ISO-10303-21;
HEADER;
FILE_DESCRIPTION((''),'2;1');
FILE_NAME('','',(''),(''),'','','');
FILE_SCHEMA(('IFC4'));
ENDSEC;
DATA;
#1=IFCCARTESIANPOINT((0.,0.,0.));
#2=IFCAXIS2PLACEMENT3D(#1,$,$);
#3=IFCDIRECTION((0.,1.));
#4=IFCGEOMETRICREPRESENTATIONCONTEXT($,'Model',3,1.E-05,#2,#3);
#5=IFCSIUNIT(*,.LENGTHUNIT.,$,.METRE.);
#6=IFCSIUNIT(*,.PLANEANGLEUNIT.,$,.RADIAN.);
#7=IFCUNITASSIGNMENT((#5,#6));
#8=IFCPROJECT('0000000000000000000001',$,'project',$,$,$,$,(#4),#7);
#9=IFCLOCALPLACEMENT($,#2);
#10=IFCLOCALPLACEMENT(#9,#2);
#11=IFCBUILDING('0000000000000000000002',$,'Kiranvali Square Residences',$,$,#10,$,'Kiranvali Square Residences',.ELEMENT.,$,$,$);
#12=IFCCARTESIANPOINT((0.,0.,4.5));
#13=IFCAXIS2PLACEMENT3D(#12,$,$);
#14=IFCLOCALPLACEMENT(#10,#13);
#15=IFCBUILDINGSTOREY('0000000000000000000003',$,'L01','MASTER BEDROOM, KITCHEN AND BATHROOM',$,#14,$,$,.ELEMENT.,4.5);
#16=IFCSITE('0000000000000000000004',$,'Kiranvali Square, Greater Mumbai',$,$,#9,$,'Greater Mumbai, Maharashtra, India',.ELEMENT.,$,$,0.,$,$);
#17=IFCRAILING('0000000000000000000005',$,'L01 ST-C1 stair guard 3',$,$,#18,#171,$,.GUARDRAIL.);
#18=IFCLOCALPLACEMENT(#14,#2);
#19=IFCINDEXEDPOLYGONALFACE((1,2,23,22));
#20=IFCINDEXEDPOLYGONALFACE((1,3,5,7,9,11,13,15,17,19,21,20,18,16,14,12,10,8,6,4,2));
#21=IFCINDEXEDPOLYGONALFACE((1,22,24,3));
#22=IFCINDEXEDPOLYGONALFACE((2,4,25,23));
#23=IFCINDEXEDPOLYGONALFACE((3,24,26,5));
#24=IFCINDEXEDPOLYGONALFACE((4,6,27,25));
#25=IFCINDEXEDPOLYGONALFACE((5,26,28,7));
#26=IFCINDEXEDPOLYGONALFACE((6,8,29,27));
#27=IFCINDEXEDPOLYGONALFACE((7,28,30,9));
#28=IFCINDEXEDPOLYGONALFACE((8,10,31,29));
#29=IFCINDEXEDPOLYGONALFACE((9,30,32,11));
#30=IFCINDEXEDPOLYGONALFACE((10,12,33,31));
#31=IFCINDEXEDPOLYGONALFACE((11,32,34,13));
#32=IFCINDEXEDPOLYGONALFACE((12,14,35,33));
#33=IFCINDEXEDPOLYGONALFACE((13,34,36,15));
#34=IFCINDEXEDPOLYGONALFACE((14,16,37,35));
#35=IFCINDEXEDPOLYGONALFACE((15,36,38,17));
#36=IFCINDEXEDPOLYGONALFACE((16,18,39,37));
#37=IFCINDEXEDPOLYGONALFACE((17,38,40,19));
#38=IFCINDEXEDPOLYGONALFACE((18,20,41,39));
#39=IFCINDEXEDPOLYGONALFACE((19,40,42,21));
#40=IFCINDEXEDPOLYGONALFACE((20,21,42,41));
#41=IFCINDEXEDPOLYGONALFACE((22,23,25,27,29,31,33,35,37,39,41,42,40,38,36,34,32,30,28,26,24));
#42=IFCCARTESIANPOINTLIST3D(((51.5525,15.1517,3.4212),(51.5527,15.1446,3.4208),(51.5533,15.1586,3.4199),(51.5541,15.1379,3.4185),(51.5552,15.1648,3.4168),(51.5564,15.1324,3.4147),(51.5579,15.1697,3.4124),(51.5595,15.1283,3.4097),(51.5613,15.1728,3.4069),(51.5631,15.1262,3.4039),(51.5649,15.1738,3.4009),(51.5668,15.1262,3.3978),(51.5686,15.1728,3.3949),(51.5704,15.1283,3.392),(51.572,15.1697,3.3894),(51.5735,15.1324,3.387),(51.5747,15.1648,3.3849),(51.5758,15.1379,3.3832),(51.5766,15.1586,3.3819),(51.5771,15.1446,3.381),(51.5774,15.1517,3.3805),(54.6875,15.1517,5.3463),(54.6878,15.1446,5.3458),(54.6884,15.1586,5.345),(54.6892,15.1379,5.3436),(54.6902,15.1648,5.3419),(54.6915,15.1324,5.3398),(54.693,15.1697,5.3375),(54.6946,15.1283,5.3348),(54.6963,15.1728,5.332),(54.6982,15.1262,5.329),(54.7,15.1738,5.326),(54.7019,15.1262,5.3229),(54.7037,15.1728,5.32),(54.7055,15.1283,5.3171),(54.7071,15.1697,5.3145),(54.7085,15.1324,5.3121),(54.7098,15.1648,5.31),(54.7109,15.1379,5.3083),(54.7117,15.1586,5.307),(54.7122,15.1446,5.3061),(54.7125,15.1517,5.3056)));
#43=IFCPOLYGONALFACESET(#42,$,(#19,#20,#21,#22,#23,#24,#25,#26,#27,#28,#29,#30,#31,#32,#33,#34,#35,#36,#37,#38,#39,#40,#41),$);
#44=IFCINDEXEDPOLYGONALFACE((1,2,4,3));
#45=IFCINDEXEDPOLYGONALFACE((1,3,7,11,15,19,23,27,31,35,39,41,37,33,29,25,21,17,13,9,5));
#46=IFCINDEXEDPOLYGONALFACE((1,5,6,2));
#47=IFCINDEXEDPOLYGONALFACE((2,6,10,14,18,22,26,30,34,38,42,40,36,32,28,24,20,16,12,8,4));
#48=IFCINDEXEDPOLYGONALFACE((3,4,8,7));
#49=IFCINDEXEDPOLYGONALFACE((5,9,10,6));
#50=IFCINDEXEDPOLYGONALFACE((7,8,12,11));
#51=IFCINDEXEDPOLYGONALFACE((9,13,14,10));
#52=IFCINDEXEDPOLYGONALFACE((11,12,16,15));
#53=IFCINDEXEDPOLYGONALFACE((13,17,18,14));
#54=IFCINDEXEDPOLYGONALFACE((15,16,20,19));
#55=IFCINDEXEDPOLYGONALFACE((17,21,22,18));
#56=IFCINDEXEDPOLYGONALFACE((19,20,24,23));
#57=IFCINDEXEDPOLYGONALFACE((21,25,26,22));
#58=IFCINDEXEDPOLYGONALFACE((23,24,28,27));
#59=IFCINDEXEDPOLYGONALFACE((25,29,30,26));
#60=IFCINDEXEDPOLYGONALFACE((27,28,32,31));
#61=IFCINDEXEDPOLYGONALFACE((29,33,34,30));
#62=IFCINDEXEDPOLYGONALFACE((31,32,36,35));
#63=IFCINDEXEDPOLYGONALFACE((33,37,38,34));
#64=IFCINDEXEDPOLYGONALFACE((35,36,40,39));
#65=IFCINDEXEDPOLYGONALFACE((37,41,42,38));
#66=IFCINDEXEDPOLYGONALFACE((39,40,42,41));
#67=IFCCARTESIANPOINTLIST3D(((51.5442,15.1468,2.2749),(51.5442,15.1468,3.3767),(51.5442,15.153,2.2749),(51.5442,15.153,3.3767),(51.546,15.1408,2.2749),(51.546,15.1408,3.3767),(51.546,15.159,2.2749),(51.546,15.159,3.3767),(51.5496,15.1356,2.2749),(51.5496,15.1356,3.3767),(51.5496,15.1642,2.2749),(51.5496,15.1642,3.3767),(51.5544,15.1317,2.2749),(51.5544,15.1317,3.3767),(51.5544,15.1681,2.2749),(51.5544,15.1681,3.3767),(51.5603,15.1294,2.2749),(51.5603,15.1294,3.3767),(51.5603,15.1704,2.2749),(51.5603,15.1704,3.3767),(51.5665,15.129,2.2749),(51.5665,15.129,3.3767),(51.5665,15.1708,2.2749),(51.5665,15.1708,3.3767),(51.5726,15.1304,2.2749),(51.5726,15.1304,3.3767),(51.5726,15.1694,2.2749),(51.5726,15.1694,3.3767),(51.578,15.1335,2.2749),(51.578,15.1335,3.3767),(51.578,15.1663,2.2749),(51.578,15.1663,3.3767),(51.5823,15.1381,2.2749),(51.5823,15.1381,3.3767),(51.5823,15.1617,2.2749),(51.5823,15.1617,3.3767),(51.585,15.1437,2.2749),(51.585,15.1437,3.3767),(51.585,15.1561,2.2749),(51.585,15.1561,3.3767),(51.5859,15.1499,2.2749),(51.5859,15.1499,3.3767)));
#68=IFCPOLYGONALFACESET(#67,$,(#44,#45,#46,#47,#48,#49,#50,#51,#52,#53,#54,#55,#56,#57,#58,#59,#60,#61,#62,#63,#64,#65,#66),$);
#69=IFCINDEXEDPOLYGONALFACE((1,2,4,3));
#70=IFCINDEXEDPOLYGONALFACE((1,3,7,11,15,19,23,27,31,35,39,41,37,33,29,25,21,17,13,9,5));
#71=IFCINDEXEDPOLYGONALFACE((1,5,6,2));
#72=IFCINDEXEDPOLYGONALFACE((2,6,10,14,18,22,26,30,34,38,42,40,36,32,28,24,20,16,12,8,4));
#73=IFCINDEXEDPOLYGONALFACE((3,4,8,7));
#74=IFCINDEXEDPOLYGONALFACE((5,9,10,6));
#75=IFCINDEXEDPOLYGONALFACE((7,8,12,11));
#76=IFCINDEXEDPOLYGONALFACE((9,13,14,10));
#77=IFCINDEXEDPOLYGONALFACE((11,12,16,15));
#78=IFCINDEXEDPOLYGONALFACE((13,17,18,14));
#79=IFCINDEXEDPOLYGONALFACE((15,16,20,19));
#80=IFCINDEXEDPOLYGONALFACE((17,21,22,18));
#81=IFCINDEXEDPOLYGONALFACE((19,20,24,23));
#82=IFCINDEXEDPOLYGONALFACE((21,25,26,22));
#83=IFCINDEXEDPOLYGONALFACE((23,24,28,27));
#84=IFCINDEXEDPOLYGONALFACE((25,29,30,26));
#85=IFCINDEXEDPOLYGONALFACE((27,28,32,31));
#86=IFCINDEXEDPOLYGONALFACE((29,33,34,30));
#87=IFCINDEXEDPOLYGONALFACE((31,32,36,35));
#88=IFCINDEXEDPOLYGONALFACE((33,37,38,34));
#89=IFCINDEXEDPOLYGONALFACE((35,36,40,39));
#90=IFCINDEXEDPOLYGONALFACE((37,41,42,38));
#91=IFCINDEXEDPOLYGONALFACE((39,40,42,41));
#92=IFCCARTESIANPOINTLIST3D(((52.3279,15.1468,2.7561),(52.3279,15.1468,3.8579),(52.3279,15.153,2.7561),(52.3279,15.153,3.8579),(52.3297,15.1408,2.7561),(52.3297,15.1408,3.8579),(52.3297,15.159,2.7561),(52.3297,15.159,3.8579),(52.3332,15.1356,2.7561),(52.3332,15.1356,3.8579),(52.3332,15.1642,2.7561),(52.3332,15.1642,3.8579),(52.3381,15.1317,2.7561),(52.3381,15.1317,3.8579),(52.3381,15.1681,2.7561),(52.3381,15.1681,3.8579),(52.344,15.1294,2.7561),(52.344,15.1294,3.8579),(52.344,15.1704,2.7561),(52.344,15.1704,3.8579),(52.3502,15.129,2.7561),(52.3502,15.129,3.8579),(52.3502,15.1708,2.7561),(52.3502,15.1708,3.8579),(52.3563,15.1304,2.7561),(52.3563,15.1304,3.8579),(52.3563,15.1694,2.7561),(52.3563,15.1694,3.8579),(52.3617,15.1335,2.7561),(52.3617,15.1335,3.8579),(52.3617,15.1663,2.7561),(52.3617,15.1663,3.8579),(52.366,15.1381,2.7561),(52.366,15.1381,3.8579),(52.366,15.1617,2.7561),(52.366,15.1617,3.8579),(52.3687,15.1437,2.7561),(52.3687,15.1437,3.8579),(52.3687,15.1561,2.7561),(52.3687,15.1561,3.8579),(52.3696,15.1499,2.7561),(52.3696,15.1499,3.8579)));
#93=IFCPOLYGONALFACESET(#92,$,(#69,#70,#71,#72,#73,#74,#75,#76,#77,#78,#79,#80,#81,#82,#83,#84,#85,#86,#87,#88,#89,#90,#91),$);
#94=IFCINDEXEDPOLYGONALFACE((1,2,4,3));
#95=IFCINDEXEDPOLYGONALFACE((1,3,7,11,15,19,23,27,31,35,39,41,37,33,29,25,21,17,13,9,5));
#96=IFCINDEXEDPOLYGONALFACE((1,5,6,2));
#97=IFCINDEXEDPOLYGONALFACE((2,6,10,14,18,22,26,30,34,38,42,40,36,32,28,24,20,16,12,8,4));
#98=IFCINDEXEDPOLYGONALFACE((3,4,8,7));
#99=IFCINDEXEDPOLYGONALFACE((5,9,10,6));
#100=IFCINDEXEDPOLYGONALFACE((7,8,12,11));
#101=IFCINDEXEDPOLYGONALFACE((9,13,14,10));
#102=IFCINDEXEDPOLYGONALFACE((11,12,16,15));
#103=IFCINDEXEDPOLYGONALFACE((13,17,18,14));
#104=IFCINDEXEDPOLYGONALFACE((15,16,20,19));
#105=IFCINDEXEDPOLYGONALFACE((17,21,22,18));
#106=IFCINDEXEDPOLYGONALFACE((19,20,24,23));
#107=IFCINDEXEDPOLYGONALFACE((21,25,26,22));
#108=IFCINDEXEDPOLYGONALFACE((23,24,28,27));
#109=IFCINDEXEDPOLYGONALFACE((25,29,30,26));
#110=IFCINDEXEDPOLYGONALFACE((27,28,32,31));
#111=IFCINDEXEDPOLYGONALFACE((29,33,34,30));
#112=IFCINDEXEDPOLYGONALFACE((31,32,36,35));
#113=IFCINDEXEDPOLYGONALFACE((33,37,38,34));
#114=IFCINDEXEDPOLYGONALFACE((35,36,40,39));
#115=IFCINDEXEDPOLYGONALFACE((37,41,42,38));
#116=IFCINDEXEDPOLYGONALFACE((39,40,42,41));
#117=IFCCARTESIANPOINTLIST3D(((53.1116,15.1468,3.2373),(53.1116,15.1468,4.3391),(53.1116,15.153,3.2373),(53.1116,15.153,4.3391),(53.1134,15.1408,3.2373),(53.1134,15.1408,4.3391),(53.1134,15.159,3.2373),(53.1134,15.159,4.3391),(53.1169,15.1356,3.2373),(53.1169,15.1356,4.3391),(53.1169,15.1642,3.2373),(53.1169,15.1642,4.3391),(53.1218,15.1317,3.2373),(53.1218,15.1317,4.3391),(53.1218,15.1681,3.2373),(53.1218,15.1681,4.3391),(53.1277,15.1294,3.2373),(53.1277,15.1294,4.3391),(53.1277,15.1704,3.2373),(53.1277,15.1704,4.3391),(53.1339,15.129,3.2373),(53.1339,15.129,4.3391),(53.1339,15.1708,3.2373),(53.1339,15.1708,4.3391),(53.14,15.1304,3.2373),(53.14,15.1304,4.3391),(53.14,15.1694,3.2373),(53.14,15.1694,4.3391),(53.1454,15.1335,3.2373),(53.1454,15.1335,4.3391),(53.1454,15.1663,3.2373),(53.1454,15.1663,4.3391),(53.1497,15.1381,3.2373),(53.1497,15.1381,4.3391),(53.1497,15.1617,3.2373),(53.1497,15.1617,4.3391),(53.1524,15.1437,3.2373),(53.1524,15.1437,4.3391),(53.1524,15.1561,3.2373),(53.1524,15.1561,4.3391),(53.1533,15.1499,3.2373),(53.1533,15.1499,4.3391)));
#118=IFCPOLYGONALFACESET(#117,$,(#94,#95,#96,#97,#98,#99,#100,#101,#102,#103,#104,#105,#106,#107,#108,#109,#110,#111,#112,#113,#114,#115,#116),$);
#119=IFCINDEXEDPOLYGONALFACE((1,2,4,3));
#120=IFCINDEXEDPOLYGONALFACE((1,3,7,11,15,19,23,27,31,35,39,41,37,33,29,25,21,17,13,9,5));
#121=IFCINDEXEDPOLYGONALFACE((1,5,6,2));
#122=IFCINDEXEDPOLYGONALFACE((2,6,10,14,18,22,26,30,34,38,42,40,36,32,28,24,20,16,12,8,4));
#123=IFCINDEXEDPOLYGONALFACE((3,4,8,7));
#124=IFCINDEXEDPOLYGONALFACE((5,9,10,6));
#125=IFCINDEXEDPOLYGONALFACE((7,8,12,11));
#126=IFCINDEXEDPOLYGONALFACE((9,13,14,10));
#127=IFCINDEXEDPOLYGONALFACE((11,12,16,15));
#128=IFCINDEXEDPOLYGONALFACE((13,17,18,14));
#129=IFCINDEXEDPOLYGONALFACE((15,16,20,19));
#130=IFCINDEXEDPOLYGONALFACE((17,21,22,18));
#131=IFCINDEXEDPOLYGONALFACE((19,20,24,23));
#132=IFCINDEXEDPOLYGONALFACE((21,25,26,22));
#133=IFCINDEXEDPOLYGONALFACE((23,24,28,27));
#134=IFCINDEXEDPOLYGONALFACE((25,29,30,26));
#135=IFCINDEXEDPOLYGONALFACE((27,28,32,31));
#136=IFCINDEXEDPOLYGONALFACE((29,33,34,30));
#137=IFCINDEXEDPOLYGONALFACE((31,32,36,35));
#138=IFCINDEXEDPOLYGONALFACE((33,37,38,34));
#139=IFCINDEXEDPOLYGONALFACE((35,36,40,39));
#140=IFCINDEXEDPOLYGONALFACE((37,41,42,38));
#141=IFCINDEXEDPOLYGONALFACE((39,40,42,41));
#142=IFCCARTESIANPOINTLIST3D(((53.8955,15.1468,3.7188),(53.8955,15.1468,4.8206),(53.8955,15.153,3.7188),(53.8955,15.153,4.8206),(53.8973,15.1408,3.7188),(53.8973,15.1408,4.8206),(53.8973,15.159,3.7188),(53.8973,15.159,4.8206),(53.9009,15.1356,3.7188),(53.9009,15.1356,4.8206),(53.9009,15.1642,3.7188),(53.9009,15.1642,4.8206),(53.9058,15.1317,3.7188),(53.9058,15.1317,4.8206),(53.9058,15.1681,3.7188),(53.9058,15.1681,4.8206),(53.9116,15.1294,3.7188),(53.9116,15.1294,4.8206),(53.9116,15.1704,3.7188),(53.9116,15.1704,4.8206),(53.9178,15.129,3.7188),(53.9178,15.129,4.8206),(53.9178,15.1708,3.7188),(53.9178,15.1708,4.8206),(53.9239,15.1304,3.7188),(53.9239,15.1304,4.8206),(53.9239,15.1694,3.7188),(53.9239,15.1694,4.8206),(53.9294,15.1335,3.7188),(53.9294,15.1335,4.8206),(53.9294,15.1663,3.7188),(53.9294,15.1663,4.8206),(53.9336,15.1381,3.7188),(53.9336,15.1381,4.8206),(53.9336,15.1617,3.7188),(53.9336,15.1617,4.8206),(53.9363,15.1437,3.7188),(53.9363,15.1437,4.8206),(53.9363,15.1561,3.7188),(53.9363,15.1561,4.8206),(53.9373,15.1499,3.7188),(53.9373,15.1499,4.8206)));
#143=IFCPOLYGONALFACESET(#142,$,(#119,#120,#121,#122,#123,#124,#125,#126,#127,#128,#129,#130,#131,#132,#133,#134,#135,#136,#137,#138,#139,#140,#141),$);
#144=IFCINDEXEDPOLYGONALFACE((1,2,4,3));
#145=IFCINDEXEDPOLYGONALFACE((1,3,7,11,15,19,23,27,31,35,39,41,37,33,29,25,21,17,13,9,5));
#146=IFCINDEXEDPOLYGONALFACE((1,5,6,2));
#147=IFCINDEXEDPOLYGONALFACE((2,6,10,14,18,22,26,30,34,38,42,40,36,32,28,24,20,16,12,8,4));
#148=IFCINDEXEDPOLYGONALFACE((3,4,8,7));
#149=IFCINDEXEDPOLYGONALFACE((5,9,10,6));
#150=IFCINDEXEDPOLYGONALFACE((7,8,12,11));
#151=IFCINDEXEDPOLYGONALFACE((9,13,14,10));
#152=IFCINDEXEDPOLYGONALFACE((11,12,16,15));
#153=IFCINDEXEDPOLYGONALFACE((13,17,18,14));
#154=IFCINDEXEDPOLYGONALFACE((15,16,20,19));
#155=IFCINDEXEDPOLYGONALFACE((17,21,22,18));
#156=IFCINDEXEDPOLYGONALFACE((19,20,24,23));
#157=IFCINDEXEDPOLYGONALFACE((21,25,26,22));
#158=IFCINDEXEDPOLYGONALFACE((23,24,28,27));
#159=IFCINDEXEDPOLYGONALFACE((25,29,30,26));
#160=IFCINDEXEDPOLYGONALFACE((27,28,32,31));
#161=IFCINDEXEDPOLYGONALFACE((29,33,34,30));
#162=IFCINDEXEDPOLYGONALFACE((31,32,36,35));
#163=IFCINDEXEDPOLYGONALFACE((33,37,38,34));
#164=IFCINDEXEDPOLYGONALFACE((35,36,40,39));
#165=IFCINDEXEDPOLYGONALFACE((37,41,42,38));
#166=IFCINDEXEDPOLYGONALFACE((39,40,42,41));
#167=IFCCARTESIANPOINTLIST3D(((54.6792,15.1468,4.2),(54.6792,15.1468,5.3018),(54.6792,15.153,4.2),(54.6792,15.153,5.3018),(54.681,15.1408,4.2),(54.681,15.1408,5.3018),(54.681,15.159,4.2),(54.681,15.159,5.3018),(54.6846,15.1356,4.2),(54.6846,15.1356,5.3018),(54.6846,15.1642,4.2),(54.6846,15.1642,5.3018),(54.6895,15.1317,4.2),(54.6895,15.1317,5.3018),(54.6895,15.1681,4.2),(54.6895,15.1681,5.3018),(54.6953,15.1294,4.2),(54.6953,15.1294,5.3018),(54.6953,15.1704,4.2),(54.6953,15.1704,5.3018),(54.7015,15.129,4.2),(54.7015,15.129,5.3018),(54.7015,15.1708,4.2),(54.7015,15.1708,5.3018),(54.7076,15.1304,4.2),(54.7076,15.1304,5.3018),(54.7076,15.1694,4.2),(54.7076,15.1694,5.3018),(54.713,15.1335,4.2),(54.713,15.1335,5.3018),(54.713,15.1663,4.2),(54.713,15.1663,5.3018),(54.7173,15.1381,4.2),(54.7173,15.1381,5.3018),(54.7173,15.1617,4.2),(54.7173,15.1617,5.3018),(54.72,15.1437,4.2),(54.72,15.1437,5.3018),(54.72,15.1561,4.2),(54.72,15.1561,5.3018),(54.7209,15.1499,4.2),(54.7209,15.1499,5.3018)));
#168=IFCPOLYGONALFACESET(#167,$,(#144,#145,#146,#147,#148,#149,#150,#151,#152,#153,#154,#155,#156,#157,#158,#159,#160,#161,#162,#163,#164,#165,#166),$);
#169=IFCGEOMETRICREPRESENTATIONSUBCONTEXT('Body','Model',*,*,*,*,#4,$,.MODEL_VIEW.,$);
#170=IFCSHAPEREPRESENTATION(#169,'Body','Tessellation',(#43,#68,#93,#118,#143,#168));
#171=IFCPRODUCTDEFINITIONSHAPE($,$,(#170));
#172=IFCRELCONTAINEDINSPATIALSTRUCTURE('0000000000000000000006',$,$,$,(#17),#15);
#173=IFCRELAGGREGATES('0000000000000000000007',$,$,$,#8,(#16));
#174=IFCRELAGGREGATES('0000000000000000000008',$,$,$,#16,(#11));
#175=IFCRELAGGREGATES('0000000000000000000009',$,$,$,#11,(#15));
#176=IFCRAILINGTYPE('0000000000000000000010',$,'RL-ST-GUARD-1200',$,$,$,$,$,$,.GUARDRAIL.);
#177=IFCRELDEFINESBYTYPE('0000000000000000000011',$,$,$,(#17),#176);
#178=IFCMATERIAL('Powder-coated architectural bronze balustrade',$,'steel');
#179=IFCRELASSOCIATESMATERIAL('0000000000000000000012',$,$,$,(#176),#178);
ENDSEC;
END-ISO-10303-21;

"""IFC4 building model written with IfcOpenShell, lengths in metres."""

from ifc_helpers import new_model, si_unit, direction, frame, origin, origin_2d, place, context, subcontext, project, spatial, circle, extrude, material, type_object, element, save


model = new_model("IFC4")

# Units and contexts
model_context = context("Model", 3, precision=1e-05, world=origin(), true_north=direction((0.0, 1.0)))
body_context = subcontext(model_context, "Body", "Model", "MODEL_VIEW")
ifc_project = project(units=[si_unit("LENGTHUNIT", "METRE"), si_unit("PLANEANGLEUNIT", "RADIAN")], contexts=[model_context])

# Site, building, storey
site_placement = place(None, origin())
site = spatial("IfcSite", under=ifc_project, at=site_placement, Name="Kiranvali Square, Greater Mumbai", LongName="Greater Mumbai, Maharashtra, India", CompositionType="ELEMENT", RefElevation=0.0)
building_placement = place(site_placement, origin())
building = spatial("IfcBuilding", under=site, at=building_placement, Name="Kiranvali Square Residences", LongName="Kiranvali Square Residences", CompositionType="ELEMENT")
storey_placement = place(building_placement, frame((0.0, 0.0, 4.5)))
storey = spatial("IfcBuildingStorey", under=building, at=storey_placement, Name="L01", Description="MASTER BEDROOM, KITCHEN AND BATHROOM", CompositionType="ELEMENT", Elevation=4.5)

# Railing
ifc_material_1 = material(Name="Powder-coated architectural bronze balustrade", Category="steel")
railing_type_1 = type_object("IfcRailingType", Name="RL-ST-GUARD-1200", PredefinedType="GUARDRAIL", material=ifc_material_1)
railing_1_placement = place(storey_placement, frame((51.5649, 15.1499, 2.2749)))
element("IfcRailing", 1, at=railing_1_placement, inside=storey, type_object=railing_type_1, Name="L01 ST-C1 stair guard 3", PredefinedType="GUARDRAIL", context=body_context, shape_type="SweptSolid", body=[
    extrude(circle(Radius=0.0239, at=origin_2d()), frame((0.0, 0.0, 1.126), z_axis=(0.852166, 0.0, 0.523271), x_axis=(0.0, 1.0, 0.0)), (0.0, 0.0, 1.0), 3.679),
    extrude(circle(Radius=0.021, at=origin_2d()), origin(), (0.0, 0.0, 1.0), 1.1018),
    extrude(circle(Radius=0.021, at=origin_2d()), frame((0.7837, 0.0, 0.4812)), (0.0, 0.0, 1.0), 1.1018),
    extrude(circle(Radius=0.021, at=origin_2d()), frame((1.5674, 0.0, 0.9624)), (0.0, 0.0, 1.0), 1.1018),
    extrude(circle(Radius=0.021, at=origin_2d()), frame((2.3513, 0.0, 1.4438)), (0.0, 0.0, 1.0), 1.1018),
    extrude(circle(Radius=0.021, at=origin_2d()), frame((3.135, 0.0, 1.925)), (0.0, 0.0, 1.0), 1.1018),
])

save(model, "model.ifc")
